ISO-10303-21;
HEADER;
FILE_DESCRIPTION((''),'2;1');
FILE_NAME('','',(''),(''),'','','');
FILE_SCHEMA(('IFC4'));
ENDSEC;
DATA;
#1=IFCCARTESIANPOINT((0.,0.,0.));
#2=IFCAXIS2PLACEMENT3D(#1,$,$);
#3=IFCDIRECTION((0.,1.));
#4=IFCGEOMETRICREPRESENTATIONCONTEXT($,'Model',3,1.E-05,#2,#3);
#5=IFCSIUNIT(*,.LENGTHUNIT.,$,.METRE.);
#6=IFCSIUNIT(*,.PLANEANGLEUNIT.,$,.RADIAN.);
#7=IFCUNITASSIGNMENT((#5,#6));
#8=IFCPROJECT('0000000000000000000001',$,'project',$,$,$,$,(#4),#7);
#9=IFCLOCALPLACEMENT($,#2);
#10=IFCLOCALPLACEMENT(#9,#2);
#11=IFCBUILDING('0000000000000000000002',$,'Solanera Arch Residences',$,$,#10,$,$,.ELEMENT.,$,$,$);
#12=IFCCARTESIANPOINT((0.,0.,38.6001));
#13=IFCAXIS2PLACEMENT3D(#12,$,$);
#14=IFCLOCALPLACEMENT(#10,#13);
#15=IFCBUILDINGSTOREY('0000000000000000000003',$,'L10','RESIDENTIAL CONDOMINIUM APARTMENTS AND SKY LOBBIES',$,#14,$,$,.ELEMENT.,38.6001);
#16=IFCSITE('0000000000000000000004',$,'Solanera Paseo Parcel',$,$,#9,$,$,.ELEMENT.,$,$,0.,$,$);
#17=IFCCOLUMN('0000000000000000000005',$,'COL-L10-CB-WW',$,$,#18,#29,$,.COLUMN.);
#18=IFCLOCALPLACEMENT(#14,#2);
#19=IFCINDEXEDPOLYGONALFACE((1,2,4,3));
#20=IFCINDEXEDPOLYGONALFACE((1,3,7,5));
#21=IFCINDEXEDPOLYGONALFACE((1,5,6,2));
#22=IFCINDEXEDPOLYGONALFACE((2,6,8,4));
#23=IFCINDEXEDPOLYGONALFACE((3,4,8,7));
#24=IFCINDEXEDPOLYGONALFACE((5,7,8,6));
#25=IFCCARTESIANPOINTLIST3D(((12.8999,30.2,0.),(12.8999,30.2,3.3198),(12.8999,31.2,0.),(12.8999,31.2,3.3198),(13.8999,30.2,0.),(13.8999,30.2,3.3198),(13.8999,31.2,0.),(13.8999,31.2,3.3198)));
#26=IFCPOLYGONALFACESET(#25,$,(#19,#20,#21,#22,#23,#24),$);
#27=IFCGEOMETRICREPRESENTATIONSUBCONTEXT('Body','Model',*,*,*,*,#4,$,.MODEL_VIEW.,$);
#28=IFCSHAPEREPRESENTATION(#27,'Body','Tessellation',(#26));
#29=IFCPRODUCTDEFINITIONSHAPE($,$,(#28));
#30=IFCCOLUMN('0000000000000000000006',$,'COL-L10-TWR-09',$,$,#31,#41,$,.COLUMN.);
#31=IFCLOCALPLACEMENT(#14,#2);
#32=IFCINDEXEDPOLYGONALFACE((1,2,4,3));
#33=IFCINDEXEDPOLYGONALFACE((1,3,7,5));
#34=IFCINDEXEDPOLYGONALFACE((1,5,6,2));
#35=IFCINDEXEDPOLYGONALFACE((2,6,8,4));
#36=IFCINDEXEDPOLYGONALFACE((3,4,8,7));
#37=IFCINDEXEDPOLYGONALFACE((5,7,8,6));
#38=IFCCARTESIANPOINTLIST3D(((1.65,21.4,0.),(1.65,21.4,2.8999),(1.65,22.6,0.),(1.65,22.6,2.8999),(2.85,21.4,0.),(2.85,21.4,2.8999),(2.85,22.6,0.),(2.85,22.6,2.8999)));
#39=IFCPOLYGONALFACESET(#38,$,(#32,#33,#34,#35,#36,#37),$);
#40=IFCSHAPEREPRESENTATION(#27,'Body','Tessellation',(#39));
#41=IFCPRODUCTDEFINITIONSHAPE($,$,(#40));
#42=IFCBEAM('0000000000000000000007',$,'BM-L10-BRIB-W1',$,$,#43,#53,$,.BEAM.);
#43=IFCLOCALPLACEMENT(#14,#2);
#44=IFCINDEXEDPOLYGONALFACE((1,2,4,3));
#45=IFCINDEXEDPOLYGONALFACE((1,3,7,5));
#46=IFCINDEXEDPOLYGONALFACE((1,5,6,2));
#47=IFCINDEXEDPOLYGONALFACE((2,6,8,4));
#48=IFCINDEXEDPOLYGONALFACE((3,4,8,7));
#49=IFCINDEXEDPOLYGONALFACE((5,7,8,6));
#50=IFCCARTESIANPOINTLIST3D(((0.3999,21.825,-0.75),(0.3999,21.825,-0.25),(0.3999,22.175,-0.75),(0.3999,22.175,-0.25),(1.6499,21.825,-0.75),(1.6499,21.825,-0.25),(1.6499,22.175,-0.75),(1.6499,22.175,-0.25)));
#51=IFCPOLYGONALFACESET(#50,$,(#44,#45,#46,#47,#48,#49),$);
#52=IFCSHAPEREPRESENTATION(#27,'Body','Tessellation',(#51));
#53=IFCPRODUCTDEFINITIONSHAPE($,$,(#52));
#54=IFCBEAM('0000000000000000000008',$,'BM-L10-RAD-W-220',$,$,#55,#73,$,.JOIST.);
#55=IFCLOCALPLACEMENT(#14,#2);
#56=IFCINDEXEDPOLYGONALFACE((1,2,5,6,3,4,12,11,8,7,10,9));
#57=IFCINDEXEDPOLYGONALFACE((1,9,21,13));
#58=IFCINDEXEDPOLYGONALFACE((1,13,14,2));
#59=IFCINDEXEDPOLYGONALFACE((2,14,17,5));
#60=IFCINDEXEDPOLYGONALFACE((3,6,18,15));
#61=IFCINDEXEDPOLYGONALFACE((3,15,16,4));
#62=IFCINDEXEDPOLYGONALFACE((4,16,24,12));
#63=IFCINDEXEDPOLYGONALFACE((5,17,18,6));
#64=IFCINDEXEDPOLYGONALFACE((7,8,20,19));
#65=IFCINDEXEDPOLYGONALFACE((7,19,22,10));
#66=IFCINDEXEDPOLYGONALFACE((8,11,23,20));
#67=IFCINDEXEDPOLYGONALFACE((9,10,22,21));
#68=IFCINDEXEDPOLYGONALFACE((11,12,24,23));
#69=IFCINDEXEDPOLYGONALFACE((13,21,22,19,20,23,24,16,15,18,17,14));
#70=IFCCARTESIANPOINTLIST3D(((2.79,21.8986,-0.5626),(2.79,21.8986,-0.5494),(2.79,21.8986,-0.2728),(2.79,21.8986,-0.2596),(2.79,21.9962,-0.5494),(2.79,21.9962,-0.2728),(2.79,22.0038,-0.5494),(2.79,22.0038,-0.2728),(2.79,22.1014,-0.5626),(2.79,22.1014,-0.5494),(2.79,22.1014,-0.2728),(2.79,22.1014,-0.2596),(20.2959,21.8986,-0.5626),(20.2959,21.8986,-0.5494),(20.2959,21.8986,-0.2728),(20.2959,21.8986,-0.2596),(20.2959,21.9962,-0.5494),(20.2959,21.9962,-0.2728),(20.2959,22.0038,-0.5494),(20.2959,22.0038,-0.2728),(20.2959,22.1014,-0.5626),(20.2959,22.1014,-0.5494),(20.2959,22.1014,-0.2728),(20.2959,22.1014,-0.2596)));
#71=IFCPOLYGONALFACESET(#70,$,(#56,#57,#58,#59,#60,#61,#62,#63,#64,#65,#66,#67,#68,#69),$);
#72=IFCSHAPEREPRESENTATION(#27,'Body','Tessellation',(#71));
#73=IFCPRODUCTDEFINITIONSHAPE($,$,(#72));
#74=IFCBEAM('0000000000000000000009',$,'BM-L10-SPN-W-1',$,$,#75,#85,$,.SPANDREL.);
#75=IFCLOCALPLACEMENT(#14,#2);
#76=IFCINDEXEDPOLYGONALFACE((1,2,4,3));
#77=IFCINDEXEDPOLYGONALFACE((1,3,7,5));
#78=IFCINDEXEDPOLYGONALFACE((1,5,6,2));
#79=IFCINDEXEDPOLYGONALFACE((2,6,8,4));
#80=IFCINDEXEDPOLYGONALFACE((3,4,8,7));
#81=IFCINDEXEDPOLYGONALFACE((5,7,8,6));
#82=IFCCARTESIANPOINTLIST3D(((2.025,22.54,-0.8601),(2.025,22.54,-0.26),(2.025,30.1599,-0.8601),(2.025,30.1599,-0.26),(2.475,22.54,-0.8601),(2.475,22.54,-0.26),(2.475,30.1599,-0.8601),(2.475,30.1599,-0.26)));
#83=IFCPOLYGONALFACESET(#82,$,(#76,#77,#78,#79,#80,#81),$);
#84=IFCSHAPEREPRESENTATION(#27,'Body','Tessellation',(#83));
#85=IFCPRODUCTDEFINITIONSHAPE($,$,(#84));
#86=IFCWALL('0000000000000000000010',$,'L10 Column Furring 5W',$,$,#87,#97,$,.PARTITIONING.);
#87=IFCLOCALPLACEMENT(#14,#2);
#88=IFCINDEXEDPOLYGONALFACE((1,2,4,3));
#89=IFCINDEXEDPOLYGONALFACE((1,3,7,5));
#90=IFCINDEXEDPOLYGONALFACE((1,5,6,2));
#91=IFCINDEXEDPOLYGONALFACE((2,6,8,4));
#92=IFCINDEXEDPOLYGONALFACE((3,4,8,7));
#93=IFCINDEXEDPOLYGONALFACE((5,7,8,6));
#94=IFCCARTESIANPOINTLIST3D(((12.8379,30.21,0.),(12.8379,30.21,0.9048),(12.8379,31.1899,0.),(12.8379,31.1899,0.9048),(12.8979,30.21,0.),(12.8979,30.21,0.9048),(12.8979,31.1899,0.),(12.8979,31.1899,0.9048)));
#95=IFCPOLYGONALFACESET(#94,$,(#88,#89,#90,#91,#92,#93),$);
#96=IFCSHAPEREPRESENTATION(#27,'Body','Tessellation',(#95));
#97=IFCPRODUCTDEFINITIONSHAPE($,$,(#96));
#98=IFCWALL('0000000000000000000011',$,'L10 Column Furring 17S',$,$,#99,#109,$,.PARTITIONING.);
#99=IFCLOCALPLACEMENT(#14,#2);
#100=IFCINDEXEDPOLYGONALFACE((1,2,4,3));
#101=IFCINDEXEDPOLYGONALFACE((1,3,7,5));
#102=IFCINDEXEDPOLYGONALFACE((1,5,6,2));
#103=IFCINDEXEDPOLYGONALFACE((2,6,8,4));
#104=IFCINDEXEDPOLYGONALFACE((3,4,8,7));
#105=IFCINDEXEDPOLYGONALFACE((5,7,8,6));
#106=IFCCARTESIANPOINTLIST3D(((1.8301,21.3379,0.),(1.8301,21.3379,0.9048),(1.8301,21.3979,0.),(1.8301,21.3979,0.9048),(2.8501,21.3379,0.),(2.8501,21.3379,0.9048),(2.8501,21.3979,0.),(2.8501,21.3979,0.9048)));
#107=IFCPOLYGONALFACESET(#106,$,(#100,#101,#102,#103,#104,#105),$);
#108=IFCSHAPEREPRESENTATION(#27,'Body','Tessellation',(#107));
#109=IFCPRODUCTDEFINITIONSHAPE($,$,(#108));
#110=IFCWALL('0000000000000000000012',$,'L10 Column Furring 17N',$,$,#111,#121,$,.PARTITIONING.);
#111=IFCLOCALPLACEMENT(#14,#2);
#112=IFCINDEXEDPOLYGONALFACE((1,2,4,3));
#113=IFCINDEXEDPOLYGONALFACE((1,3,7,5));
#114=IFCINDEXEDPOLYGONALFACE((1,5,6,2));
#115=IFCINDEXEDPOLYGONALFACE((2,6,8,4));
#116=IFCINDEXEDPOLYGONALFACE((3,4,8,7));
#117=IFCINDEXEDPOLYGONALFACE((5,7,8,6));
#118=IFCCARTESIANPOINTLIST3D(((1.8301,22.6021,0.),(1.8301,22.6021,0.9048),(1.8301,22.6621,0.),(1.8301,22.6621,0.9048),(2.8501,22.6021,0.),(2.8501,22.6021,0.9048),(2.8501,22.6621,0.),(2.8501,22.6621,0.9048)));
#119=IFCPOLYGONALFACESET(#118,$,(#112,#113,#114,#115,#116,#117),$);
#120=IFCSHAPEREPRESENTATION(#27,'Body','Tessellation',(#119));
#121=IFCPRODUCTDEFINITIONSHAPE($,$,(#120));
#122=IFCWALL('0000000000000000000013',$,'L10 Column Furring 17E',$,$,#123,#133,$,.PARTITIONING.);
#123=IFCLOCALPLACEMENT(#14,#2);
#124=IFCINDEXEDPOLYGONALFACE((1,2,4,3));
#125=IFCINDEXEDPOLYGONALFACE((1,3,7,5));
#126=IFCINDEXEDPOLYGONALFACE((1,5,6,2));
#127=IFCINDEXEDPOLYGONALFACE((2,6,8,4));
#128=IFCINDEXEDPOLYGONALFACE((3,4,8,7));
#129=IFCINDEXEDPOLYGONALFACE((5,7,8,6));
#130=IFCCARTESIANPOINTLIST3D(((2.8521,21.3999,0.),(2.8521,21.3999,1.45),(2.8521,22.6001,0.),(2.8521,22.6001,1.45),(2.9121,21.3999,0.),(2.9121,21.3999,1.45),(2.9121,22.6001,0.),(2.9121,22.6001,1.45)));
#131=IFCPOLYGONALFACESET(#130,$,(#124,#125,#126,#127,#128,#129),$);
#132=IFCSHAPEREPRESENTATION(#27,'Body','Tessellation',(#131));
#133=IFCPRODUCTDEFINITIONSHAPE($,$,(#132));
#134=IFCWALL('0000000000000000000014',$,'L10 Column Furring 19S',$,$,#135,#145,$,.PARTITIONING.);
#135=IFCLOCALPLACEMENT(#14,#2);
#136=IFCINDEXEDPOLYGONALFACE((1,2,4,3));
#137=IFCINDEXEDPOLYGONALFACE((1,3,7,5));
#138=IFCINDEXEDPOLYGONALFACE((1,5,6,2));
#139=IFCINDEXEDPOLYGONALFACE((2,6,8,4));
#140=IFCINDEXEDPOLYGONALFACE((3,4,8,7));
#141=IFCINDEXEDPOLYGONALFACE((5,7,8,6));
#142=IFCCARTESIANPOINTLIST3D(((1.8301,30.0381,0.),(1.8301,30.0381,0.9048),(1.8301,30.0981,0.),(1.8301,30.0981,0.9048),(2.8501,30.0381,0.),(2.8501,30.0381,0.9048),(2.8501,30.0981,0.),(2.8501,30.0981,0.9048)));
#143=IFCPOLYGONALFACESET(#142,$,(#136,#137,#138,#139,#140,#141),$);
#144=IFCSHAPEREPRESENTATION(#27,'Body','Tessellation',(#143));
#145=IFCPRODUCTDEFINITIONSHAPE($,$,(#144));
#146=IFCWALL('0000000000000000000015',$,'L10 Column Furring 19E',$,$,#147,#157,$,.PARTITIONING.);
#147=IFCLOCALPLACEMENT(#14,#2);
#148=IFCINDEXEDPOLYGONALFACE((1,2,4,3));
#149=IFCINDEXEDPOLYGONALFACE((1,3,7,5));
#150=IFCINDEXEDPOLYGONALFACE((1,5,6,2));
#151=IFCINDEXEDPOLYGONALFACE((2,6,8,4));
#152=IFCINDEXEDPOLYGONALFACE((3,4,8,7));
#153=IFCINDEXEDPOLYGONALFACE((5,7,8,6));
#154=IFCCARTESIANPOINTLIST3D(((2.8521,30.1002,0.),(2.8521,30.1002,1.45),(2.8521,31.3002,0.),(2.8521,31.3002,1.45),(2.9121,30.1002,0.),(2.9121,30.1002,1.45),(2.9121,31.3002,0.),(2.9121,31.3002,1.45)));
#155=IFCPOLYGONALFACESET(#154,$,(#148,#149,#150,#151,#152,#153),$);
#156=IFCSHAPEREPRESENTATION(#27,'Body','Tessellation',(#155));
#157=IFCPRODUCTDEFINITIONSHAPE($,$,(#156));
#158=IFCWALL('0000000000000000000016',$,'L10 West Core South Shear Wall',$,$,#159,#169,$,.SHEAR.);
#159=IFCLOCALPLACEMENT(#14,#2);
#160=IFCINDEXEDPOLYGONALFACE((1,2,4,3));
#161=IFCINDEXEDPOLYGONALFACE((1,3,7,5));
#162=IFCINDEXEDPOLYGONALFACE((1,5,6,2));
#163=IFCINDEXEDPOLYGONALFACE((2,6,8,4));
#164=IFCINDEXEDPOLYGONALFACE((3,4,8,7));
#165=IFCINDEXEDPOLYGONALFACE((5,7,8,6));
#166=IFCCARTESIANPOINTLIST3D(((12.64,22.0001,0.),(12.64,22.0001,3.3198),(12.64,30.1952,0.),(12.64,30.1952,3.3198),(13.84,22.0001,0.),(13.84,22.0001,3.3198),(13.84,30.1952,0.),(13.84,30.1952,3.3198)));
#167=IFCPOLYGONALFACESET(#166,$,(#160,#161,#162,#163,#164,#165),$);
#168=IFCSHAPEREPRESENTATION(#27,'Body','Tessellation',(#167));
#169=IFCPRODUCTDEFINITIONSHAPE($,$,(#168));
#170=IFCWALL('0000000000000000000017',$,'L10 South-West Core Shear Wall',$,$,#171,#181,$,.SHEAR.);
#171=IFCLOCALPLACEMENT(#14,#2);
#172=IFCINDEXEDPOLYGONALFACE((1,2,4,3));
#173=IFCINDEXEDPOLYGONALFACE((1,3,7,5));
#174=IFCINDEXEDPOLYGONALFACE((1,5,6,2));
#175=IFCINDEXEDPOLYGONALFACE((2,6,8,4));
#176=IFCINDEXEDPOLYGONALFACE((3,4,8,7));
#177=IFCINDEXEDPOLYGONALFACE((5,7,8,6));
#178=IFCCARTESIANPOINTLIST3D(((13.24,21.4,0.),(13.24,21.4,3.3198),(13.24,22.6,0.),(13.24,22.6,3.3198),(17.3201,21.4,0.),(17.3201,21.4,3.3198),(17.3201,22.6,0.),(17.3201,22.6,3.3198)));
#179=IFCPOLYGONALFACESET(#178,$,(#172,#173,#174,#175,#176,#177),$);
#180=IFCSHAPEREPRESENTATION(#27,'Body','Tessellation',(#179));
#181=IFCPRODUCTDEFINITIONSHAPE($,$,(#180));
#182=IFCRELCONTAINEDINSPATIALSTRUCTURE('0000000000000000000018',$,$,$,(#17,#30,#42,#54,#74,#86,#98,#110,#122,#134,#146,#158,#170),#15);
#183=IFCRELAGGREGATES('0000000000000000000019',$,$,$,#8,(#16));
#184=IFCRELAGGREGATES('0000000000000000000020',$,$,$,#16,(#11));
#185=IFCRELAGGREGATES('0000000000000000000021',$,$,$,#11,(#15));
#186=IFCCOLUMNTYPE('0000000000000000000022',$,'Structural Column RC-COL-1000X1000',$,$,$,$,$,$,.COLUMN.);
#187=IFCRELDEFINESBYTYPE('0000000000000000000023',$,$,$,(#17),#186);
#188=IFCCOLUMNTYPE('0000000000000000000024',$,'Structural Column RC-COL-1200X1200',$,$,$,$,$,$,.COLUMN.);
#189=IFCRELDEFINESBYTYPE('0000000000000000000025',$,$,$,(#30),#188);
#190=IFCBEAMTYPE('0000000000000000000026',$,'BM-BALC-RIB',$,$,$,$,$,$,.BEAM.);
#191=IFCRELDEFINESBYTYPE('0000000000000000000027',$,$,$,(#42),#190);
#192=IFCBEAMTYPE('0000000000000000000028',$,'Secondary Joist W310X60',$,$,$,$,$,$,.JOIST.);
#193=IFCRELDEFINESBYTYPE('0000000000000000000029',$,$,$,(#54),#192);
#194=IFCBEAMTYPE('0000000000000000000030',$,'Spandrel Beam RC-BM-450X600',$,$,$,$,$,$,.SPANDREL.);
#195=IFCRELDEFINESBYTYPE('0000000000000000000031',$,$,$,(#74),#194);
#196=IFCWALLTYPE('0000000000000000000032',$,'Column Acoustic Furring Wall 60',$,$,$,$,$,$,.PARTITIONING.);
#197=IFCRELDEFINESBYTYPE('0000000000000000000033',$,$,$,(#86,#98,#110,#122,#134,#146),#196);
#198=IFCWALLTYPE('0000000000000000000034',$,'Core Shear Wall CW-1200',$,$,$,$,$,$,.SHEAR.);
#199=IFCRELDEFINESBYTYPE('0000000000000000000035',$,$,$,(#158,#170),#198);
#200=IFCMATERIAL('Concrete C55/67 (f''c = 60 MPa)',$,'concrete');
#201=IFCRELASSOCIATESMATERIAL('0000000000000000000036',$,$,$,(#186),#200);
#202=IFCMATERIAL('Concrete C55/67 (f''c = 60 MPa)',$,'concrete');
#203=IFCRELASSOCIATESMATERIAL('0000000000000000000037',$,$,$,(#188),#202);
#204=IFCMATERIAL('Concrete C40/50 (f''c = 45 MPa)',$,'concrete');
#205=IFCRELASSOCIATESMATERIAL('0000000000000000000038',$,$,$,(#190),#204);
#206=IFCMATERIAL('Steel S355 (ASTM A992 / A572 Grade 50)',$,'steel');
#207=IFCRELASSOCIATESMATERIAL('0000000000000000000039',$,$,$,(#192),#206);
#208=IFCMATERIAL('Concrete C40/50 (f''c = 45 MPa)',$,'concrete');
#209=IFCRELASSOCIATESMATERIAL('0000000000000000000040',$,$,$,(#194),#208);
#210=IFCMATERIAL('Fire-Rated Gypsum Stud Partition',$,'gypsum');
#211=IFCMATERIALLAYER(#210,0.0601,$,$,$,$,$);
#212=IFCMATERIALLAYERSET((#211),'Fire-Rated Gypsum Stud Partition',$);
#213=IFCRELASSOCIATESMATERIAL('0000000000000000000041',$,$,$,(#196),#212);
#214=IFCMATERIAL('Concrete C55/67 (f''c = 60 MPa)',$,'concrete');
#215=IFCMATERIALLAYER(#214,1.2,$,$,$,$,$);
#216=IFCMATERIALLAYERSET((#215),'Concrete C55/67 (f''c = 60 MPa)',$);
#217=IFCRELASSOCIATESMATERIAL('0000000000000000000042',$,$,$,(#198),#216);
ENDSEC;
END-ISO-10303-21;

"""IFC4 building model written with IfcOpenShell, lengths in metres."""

from ifc_helpers import new_model, si_unit, direction, frame, frame_2d, origin, origin_2d, place, context, subcontext, project, spatial, rectangle, i_section, extrude, material, layer, layer_set, material_profile, profile_set, type_object, element, save


model = new_model("IFC4")

# Units and contexts
model_context = context("Model", 3, precision=1e-05, world=origin(), true_north=direction((0.0, 1.0)))
body_context = subcontext(model_context, "Body", "Model", "MODEL_VIEW")
ifc_project = project(units=[si_unit("LENGTHUNIT", "METRE"), si_unit("PLANEANGLEUNIT", "RADIAN")], contexts=[model_context])

# Site, building, storey
site_placement = place(None, origin())
site = spatial("IfcSite", under=ifc_project, at=site_placement, Name="Solanera Paseo Parcel", CompositionType="ELEMENT", RefElevation=0.0)
building_placement = place(site_placement, origin())
building = spatial("IfcBuilding", under=site, at=building_placement, Name="Solanera Arch Residences", CompositionType="ELEMENT")
storey_placement = place(building_placement, frame((0.0, 0.0, 38.6001)))
storey = spatial("IfcBuildingStorey", under=building, at=storey_placement, Name="L10", Description="RESIDENTIAL CONDOMINIUM APARTMENTS AND SKY LOBBIES", CompositionType="ELEMENT", Elevation=38.6001)

# Columns
ifc_material_1 = material(Name="Concrete C55/67 (f'c = 60 MPa)", Category="concrete")
ifc_material_profile_1 = material_profile(ifc_material_1, rectangle(XDim=1.0, YDim=1.0, at=origin_2d()))
ifc_profile_set_1 = profile_set([ifc_material_profile_1], Name="Concrete C55/67 (f'c = 60 MPa)")
column_type_1 = type_object("IfcColumnType", Name="Structural Column RC-COL-1000X1000", PredefinedType="COLUMN", material=ifc_profile_set_1)
column_1_placement = place(storey_placement, frame((13.3999, 30.7, 0.0), z_axis=(0.0, 0.0, 1.0), x_axis=(1.0, 0.0, 0.0)))
element("IfcColumn", 1, at=column_1_placement, inside=storey, type_object=column_type_1, Name="COL-L10-CB-WW", PredefinedType="COLUMN", context=body_context, shape_type="SweptSolid", body=[
    extrude(rectangle(XDim=1.0, YDim=1.0, at=origin_2d()), origin(), (0.0, 0.0, 1.0), 3.3198),
])
ifc_material_2 = material(Name="Concrete C55/67 (f'c = 60 MPa)", Category="concrete")
ifc_material_profile_2 = material_profile(ifc_material_2, rectangle(XDim=1.2, YDim=1.2, at=origin_2d()))
ifc_profile_set_2 = profile_set([ifc_material_profile_2], Name="Concrete C55/67 (f'c = 60 MPa)")
column_type_2 = type_object("IfcColumnType", Name="Structural Column RC-COL-1200X1200", PredefinedType="COLUMN", material=ifc_profile_set_2)
column_2_placement = place(storey_placement, frame((2.25, 22.0, 0.0), z_axis=(0.0, 0.0, 1.0), x_axis=(1.0, 0.0, 0.0)))
element("IfcColumn", 2, at=column_2_placement, inside=storey, type_object=column_type_2, Name="COL-L10-TWR-09", PredefinedType="COLUMN", context=body_context, shape_type="SweptSolid", body=[
    extrude(rectangle(XDim=1.2, YDim=1.2, at=origin_2d()), origin(), (0.0, 0.0, 1.0), 2.8999),
])

# Beams
ifc_material_3 = material(Name="Concrete C40/50 (f'c = 45 MPa)", Category="concrete")
ifc_material_profile_3 = material_profile(ifc_material_3, rectangle(XDim=0.3501, YDim=0.5, at=origin_2d()))
ifc_profile_set_3 = profile_set([ifc_material_profile_3], Name="Concrete C40/50 (f'c = 45 MPa)")
beam_type_1 = type_object("IfcBeamType", Name="BM-BALC-RIB", PredefinedType="BEAM", material=ifc_profile_set_3)
beam_1_placement = place(storey_placement, frame((0.3999, 22.0, -0.5), z_axis=(1.0, 0.0, 0.0), x_axis=(0.0, 1.0, 0.0)))
element("IfcBeam", 3, at=beam_1_placement, inside=storey, type_object=beam_type_1, Name="BM-L10-BRIB-W1", PredefinedType="BEAM", context=body_context, shape_type="SweptSolid", body=[
    extrude(rectangle(XDim=0.3501, YDim=0.5, at=origin_2d()), origin(), (0.0, 0.0, 1.0), 1.25),
])
ifc_material_4 = material(Name="Steel S355 (ASTM A992 / A572 Grade 50)", Category="steel")
ifc_material_profile_4 = material_profile(ifc_material_4, i_section(OverallWidth=0.2029, OverallDepth=0.303, WebThickness=0.0076, FlangeThickness=0.0132, at=origin_2d()))
ifc_profile_set_4 = profile_set([ifc_material_profile_4], Name="Steel S355 (ASTM A992 / A572 Grade 50)")
beam_type_2 = type_object("IfcBeamType", Name="Secondary Joist W310X60", PredefinedType="JOIST", material=ifc_profile_set_4)
beam_2_placement = place(storey_placement, frame((2.79, 22.0, -0.4111), z_axis=(1.0, 0.0, 0.0), x_axis=(0.0, 1.0, 0.0)))
element("IfcBeam", 4, at=beam_2_placement, inside=storey, type_object=beam_type_2, Name="BM-L10-RAD-W-220", PredefinedType="JOIST", context=body_context, shape_type="SweptSolid", body=[
    extrude(i_section(OverallWidth=0.2029, OverallDepth=0.303, WebThickness=0.0076, FlangeThickness=0.0132, at=origin_2d()), origin(), (0.0, 0.0, 1.0), 17.5059),
])
ifc_material_5 = material(Name="Concrete C40/50 (f'c = 45 MPa)", Category="concrete")
ifc_material_profile_5 = material_profile(ifc_material_5, rectangle(XDim=0.45, YDim=0.6001, at=origin_2d()))
ifc_profile_set_5 = profile_set([ifc_material_profile_5], Name="Concrete C40/50 (f'c = 45 MPa)")
beam_type_3 = type_object("IfcBeamType", Name="Spandrel Beam RC-BM-450X600", PredefinedType="SPANDREL", material=ifc_profile_set_5)
beam_3_placement = place(storey_placement, frame((2.25, 22.54, -0.5601), z_axis=(0.0, 1.0, 0.0), x_axis=(-1.0, 0.0, 0.0)))
element("IfcBeam", 5, at=beam_3_placement, inside=storey, type_object=beam_type_3, Name="BM-L10-SPN-W-1", PredefinedType="SPANDREL", context=body_context, shape_type="SweptSolid", body=[
    extrude(rectangle(XDim=0.45, YDim=0.6001, at=origin_2d()), origin(), (0.0, 0.0, 1.0), 7.6199),
])

# Walls
ifc_material_6 = material(Name="Fire-Rated Gypsum Stud Partition", Category="gypsum")
ifc_layer_1 = layer(ifc_material_6, 0.0601)
ifc_layer_set_1 = layer_set([ifc_layer_1], Name="Fire-Rated Gypsum Stud Partition")
wall_type_1 = type_object("IfcWallType", Name="Column Acoustic Furring Wall 60", PredefinedType="PARTITIONING", material=ifc_layer_set_1)
wall_1_placement = place(storey_placement, frame((12.8679, 30.21, 0.0), z_axis=(0.0, 0.0, 1.0), x_axis=(0.0, 1.0, 0.0)))
element("IfcWall", 6, at=wall_1_placement, inside=storey, type_object=wall_type_1, Name="L10 Column Furring 5W", PredefinedType="PARTITIONING", context=body_context, shape_type="SweptSolid", body=[
    extrude(rectangle(XDim=0.98, YDim=0.0601, at=frame_2d((0.49, 0.0))), origin(), (0.0, 0.0, 1.0), 0.9048),
])
for number, where, z_axis, x_axis, name in (
    (7, (1.8301, 21.3679, 0.0), (0.0, 0.0, 1.0), (1.0, 0.0, 0.0), "L10 Column Furring 17S"),
    (8, (1.8301, 22.6321, 0.0), (0.0, 0.0, 1.0), (1.0, 0.0, 0.0), "L10 Column Furring 17N"),
):
    element("IfcWall", number, at=place(storey_placement, frame(where, z_axis=z_axis, x_axis=x_axis)), inside=storey, type_object=wall_type_1, Name=name, PredefinedType="PARTITIONING", context=body_context, shape_type="SweptSolid", body=[
        extrude(rectangle(XDim=1.02, YDim=0.0601, at=frame_2d((0.51, 0.0))), origin(), (0.0, 0.0, 1.0), 0.9048),
    ])
wall_2_placement = place(storey_placement, frame((2.8821, 21.3999, 0.0), z_axis=(0.0, 0.0, 1.0), x_axis=(0.0, 1.0, 0.0)))
element("IfcWall", 9, at=wall_2_placement, inside=storey, type_object=wall_type_1, Name="L10 Column Furring 17E", PredefinedType="PARTITIONING", context=body_context, shape_type="SweptSolid", body=[
    extrude(rectangle(XDim=1.2002, YDim=0.0601, at=frame_2d((0.6001, 0.0))), origin(), (0.0, 0.0, 1.0), 1.45),
])
wall_3_placement = place(storey_placement, frame((1.8301, 30.0681, 0.0), z_axis=(0.0, 0.0, 1.0), x_axis=(1.0, 0.0, 0.0)))
element("IfcWall", 10, at=wall_3_placement, inside=storey, type_object=wall_type_1, Name="L10 Column Furring 19S", PredefinedType="PARTITIONING", context=body_context, shape_type="SweptSolid", body=[
    extrude(rectangle(XDim=1.02, YDim=0.0601, at=frame_2d((0.51, 0.0))), origin(), (0.0, 0.0, 1.0), 0.9048),
])
wall_4_placement = place(storey_placement, frame((2.8821, 30.1001, 0.0), z_axis=(0.0, 0.0, 1.0), x_axis=(0.0, 1.0, 0.0)))
element("IfcWall", 11, at=wall_4_placement, inside=storey, type_object=wall_type_1, Name="L10 Column Furring 19E", PredefinedType="PARTITIONING", context=body_context, shape_type="SweptSolid", body=[
    extrude(rectangle(XDim=1.2, YDim=0.0601, at=frame_2d((0.6001, 0.0))), origin(), (0.0, 0.0, 1.0), 1.45),
])
ifc_material_7 = material(Name="Concrete C55/67 (f'c = 60 MPa)", Category="concrete")
ifc_layer_2 = layer(ifc_material_7, 1.2)
ifc_layer_set_2 = layer_set([ifc_layer_2], Name="Concrete C55/67 (f'c = 60 MPa)")
wall_type_2 = type_object("IfcWallType", Name="Core Shear Wall CW-1200", PredefinedType="SHEAR", material=ifc_layer_set_2)
wall_5_placement = place(storey_placement, frame((13.24, 22.0, 0.0), z_axis=(0.0, 0.0, 1.0), x_axis=(0.0, 1.0, 0.0)))
element("IfcWall", 12, at=wall_5_placement, inside=storey, type_object=wall_type_2, Name="L10 West Core South Shear Wall", PredefinedType="SHEAR", context=body_context, shape_type="SweptSolid", body=[
    extrude(rectangle(XDim=8.1951, YDim=1.2, at=frame_2d((4.0977, 0.0))), origin(), (0.0, 0.0, 1.0), 3.3198),
])
wall_6_placement = place(storey_placement, frame((13.24, 22.0, 0.0), z_axis=(0.0, 0.0, 1.0), x_axis=(1.0, 0.0, 0.0)))
element("IfcWall", 13, at=wall_6_placement, inside=storey, type_object=wall_type_2, Name="L10 South-West Core Shear Wall", PredefinedType="SHEAR", context=body_context, shape_type="SweptSolid", body=[
    extrude(rectangle(XDim=4.0801, YDim=1.2, at=frame_2d((2.04, 0.0))), origin(), (0.0, 0.0, 1.0), 3.3198),
])

save(model, "model.ifc")
